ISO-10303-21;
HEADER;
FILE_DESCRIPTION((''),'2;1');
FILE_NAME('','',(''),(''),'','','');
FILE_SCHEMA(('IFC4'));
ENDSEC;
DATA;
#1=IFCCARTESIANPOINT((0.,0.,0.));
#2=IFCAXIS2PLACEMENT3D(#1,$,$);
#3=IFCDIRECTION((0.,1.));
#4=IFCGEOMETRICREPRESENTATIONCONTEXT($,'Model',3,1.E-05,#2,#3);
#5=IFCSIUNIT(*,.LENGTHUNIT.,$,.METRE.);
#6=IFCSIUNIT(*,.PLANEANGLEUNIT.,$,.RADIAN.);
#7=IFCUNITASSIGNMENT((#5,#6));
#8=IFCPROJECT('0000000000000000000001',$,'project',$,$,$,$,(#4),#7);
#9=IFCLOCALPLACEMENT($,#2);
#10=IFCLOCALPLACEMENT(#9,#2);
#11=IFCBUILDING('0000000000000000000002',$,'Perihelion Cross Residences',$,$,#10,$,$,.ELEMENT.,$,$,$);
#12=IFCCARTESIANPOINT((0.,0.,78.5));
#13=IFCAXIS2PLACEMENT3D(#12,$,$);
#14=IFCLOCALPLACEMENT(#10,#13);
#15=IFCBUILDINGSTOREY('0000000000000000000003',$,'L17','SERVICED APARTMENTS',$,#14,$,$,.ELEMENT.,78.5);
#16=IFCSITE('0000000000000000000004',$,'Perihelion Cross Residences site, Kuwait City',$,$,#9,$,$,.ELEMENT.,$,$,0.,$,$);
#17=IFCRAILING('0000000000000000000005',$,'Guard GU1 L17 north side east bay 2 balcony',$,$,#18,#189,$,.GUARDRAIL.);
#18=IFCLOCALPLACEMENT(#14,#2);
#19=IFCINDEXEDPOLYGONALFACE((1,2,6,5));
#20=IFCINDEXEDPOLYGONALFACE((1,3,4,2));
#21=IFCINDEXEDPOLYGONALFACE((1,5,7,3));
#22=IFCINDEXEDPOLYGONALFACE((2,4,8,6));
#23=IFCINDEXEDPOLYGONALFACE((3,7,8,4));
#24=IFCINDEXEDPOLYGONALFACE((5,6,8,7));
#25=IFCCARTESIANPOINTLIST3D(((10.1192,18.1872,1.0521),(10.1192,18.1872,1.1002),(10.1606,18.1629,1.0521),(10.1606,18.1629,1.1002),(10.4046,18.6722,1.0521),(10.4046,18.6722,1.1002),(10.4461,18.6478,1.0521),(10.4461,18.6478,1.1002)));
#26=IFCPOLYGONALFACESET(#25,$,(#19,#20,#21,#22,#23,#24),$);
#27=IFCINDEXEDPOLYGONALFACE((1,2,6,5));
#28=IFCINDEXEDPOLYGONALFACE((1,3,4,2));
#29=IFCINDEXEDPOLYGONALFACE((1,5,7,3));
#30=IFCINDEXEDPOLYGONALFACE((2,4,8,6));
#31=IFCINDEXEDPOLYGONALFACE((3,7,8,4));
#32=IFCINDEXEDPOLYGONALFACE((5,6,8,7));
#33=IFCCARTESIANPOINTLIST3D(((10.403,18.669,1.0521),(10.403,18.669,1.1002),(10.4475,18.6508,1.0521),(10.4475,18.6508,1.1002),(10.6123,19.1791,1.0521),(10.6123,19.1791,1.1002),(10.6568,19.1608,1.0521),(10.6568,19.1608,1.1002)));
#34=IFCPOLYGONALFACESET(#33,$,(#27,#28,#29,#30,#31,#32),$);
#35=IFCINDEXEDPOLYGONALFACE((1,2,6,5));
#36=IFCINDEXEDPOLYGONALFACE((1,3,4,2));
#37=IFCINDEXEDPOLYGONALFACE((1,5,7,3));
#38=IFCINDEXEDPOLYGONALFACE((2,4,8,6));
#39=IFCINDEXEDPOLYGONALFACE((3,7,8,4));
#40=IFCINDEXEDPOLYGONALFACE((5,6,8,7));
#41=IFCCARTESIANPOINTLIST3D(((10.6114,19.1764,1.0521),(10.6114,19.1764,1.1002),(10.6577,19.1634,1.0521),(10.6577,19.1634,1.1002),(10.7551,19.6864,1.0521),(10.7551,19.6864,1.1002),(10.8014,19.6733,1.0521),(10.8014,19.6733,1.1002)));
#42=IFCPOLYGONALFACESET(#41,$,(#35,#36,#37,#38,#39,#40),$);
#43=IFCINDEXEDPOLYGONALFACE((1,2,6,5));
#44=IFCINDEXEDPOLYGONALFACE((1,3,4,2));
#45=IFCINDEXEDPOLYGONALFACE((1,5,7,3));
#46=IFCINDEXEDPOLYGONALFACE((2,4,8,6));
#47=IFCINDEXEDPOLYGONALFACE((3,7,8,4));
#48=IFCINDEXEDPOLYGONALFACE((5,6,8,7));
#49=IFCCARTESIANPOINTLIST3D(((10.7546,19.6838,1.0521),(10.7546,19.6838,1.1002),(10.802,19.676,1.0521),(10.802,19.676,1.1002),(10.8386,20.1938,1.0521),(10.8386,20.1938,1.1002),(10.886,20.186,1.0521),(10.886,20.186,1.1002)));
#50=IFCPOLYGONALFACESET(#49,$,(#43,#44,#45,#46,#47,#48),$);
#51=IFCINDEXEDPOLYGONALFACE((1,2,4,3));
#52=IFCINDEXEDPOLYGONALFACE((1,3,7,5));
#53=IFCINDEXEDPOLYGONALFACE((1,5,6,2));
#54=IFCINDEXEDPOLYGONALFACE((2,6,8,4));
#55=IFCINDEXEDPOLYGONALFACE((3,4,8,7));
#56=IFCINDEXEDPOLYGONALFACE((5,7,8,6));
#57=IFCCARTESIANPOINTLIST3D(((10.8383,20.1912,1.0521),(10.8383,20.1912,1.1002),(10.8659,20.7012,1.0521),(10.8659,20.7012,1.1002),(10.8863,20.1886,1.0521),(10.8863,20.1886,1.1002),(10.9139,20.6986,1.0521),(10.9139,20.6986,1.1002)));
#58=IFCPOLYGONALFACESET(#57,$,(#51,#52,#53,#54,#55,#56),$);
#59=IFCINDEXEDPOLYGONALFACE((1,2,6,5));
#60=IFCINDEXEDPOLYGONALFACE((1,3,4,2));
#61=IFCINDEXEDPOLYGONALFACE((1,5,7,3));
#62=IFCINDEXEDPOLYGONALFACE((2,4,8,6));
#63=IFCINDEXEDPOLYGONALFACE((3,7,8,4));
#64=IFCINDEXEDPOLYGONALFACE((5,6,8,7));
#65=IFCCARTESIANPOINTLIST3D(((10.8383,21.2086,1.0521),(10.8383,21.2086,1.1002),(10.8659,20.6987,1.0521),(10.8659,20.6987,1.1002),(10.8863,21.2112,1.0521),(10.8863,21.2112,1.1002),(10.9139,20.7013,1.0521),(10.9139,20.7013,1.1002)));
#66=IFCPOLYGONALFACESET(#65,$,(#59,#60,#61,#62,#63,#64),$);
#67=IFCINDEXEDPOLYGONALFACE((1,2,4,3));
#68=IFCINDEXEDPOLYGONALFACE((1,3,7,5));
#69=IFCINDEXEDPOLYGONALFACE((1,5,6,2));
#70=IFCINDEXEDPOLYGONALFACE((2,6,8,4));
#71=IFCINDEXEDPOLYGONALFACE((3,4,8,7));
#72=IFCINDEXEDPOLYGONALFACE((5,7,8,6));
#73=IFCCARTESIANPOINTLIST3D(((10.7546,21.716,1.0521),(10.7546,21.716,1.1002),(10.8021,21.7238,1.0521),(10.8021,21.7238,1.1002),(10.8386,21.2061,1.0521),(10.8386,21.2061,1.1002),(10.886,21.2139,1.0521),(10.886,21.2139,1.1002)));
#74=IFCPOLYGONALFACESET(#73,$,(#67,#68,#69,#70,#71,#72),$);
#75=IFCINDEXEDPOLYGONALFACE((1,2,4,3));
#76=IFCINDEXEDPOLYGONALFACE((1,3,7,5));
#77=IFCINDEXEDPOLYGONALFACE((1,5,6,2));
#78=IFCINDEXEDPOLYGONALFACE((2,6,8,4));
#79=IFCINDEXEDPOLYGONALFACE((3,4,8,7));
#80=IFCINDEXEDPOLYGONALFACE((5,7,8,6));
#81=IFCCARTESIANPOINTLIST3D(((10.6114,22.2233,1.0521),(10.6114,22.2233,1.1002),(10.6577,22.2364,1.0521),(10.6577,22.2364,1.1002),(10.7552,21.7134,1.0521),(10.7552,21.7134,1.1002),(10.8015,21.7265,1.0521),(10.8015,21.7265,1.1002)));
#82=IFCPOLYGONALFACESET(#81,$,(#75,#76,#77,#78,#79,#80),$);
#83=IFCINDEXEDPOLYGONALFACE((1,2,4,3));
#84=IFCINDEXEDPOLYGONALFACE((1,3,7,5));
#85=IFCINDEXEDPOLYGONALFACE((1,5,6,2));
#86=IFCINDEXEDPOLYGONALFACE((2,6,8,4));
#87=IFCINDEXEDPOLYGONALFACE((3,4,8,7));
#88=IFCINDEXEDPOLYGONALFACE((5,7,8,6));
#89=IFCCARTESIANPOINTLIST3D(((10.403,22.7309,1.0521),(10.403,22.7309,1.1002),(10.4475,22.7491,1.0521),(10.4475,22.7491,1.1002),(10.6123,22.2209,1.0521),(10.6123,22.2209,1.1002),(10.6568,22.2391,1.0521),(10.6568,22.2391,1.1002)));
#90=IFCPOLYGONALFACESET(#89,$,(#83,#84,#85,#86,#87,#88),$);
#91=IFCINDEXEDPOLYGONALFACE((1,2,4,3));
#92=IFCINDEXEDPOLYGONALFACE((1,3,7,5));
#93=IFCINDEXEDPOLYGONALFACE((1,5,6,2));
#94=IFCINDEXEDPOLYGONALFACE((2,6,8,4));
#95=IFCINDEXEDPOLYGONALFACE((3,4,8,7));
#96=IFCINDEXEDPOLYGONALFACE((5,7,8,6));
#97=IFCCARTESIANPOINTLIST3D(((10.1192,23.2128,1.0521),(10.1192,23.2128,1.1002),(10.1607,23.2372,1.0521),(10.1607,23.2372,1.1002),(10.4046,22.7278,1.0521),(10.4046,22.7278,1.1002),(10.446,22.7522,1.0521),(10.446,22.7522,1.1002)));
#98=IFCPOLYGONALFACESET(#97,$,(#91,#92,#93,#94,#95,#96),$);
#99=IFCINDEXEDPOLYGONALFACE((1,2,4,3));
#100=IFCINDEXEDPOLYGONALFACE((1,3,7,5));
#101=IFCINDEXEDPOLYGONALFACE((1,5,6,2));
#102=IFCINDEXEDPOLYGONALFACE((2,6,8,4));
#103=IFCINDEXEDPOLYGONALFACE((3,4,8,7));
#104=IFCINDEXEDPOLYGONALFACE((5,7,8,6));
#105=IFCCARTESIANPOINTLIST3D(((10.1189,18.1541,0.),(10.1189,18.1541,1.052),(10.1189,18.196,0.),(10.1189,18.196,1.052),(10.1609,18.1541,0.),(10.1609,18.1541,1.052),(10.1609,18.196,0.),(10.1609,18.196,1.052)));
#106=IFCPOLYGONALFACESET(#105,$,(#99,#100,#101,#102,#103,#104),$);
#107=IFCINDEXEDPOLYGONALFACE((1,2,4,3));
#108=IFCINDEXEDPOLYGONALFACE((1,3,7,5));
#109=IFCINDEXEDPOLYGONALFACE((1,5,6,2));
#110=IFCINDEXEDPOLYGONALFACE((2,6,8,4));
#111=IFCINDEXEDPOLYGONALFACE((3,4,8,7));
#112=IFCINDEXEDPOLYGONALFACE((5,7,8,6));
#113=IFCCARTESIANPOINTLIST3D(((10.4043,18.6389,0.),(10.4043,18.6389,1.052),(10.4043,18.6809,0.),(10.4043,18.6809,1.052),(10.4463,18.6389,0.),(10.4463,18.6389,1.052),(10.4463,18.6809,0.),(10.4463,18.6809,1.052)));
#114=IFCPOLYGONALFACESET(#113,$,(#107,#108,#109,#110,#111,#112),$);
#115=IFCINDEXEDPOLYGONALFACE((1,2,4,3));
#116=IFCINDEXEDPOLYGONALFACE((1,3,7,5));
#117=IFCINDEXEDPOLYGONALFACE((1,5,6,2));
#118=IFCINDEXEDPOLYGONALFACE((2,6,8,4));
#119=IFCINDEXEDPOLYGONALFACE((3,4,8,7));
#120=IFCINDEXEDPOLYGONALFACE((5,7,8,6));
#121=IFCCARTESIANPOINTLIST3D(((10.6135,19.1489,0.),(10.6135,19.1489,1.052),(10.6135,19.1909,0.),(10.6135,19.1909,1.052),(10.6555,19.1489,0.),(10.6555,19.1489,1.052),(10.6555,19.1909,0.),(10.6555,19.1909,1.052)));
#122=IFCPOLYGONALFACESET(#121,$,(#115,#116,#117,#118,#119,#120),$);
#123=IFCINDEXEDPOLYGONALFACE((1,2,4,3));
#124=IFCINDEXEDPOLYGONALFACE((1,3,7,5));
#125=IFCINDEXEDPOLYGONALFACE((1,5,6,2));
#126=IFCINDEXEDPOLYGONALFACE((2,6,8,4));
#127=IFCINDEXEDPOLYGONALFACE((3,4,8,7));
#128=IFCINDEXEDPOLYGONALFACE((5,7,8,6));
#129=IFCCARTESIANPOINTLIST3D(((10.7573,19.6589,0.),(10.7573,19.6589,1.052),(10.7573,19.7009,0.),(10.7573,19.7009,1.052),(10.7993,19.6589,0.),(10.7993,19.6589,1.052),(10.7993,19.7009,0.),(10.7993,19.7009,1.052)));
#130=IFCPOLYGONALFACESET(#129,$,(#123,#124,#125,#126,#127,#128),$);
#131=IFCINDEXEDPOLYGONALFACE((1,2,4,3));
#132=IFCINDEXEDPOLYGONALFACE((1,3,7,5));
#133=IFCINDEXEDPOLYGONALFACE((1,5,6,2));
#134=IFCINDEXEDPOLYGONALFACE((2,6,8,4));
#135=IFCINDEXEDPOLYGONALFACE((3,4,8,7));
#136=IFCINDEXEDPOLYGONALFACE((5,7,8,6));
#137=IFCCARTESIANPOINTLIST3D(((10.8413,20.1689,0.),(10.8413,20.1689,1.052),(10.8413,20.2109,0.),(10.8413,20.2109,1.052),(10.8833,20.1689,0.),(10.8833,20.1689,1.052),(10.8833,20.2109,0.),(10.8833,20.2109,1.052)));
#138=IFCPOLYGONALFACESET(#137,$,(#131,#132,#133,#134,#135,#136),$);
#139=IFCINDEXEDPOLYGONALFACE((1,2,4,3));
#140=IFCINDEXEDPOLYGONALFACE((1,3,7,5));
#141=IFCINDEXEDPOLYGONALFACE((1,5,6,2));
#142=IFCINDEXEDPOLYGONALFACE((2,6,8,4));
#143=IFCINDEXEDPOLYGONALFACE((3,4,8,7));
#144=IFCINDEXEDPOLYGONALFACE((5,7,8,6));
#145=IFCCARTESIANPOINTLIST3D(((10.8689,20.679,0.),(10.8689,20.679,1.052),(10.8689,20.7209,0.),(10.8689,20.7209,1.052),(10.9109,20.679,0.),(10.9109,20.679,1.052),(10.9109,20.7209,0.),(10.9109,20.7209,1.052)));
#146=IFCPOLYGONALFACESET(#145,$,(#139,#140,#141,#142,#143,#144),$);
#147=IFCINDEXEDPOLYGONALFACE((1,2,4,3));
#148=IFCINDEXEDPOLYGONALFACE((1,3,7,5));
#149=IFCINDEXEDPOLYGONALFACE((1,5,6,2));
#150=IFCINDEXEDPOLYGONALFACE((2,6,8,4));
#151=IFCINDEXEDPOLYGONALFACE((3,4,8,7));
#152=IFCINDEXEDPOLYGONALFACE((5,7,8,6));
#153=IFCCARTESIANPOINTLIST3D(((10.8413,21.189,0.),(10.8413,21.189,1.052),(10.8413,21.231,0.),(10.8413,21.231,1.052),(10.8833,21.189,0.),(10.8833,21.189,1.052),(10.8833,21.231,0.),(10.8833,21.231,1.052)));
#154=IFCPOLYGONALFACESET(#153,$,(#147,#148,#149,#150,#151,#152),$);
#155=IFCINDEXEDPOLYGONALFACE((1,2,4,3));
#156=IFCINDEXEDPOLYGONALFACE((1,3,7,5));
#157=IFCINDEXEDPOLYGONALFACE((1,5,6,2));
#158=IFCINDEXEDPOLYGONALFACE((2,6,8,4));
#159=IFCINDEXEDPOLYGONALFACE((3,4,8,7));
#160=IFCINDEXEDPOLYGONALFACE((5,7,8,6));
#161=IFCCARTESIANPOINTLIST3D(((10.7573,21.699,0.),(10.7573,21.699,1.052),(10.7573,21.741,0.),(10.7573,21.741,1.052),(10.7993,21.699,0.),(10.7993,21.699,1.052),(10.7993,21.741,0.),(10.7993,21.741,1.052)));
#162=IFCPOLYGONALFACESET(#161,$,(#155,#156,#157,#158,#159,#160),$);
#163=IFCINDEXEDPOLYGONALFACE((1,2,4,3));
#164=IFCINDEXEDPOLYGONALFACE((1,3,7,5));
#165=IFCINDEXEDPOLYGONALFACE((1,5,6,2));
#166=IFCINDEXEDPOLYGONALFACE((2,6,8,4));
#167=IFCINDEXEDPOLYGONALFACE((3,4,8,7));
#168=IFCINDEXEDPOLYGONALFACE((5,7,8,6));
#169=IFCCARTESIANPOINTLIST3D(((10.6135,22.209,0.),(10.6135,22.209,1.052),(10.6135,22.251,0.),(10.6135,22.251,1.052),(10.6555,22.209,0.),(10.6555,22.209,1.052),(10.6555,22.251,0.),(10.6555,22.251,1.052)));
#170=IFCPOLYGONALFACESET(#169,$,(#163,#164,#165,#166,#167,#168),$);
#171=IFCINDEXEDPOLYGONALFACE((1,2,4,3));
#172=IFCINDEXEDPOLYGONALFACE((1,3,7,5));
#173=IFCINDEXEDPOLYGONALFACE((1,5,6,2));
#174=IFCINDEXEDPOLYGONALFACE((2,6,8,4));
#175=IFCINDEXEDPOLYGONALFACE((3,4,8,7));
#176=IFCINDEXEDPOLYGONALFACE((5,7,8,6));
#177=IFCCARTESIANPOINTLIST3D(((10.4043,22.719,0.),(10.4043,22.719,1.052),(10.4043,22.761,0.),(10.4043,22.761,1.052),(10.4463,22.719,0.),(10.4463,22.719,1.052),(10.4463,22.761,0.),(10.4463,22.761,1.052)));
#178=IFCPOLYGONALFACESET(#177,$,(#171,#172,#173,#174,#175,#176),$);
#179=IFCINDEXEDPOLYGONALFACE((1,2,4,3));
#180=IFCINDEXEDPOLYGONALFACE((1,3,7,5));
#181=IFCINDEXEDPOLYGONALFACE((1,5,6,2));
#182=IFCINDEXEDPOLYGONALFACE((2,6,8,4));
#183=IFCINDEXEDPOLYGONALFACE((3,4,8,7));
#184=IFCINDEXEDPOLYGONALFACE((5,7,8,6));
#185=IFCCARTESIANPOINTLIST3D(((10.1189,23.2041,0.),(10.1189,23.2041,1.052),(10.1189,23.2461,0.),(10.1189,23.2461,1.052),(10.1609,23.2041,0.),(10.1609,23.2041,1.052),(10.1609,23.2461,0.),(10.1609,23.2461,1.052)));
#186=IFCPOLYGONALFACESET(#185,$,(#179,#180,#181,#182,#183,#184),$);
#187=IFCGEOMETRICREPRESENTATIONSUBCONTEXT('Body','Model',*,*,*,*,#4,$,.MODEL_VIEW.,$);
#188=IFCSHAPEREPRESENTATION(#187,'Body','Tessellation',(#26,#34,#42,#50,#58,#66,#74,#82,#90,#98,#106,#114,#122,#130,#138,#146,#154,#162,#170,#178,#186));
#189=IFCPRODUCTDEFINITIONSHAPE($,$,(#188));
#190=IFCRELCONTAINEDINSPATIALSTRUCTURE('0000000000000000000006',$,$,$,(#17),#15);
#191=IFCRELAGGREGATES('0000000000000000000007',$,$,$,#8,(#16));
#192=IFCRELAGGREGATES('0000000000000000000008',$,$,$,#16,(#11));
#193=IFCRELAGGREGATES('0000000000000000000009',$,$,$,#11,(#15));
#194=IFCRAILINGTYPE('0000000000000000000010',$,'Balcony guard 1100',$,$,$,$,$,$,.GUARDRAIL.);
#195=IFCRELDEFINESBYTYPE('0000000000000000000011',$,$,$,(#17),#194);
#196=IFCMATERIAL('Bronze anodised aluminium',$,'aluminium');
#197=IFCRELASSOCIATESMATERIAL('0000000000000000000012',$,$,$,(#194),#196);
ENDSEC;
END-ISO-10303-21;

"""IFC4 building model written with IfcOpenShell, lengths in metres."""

from ifc_helpers import new_model, si_unit, direction, frame, origin, origin_2d, place, context, subcontext, project, spatial, rectangle, extrude, material, type_object, element, save


model = new_model("IFC4")

# Units and contexts
model_context = context("Model", 3, precision=1e-05, world=origin(), true_north=direction((0.0, 1.0)))
body_context = subcontext(model_context, "Body", "Model", "MODEL_VIEW")
ifc_project = project(units=[si_unit("LENGTHUNIT", "METRE"), si_unit("PLANEANGLEUNIT", "RADIAN")], contexts=[model_context])

# Site, building, storey
site_placement = place(None, origin())
site = spatial("IfcSite", under=ifc_project, at=site_placement, Name="Perihelion Cross Residences site, Kuwait City", CompositionType="ELEMENT", RefElevation=0.0)
building_placement = place(site_placement, origin())
building = spatial("IfcBuilding", under=site, at=building_placement, Name="Perihelion Cross Residences", CompositionType="ELEMENT")
storey_placement = place(building_placement, frame((0.0, 0.0, 78.5)))
storey = spatial("IfcBuildingStorey", under=building, at=storey_placement, Name="L17", Description="SERVICED APARTMENTS", CompositionType="ELEMENT", Elevation=78.5)

# Railing
ifc_material_1 = material(Name="Bronze anodised aluminium", Category="aluminium")
railing_type = type_object("IfcRailingType", Name="Balcony guard 1100", PredefinedType="GUARDRAIL", material=ifc_material_1)
railing_1_placement = place(storey_placement, frame((10.1399, 18.175, 0.0)))
element("IfcRailing", 1, at=railing_1_placement, inside=storey, type_object=railing_type, Name="Guard GU1 L17 north side east bay 2 balcony", PredefinedType="GUARDRAIL", context=body_context, shape_type="SweptSolid", body=[
    extrude(rectangle(XDim=0.0481, YDim=0.0481, at=origin_2d()), frame((0.0, 0.0, 1.0762), z_axis=(0.507267, 0.861789, 0.0), x_axis=(-0.861789, 0.507267, 0.0)), (0.0, 0.0, 1.0), 0.5627),
    extrude(rectangle(XDim=0.0481, YDim=0.0481, at=origin_2d()), frame((0.2854, 0.4849, 1.0762), z_axis=(0.379547, 0.925173, 0.0), x_axis=(-0.925173, 0.379547, 0.0)), (0.0, 0.0, 1.0), 0.5513),
    extrude(rectangle(XDim=0.0481, YDim=0.0481, at=origin_2d()), frame((0.4946, 0.9949, 1.0762), z_axis=(0.271373, 0.962474, 0.0), x_axis=(-0.962474, 0.271373, 0.0)), (0.0, 0.0, 1.0), 0.5298),
    extrude(rectangle(XDim=0.0481, YDim=0.0481, at=origin_2d()), frame((0.6384, 1.5049, 1.0762), z_axis=(0.162484, 0.986711, 0.0), x_axis=(-0.986711, 0.162484, 0.0)), (0.0, 0.0, 1.0), 0.5168),
    extrude(rectangle(XDim=0.0481, YDim=0.0481, at=origin_2d()), frame((0.7224, 2.0149, 1.0762), z_axis=(0.054014, 0.99854, 0.0), x_axis=(-0.99854, 0.054014, 0.0)), (0.0, 0.0, 1.0), 0.5107),
    extrude(rectangle(XDim=0.0481, YDim=0.0481, at=origin_2d()), frame((0.75, 2.5249, 1.0762), z_axis=(-0.054014, 0.99854, 0.0), x_axis=(-0.99854, -0.054014, 0.0)), (0.0, 0.0, 1.0), 0.5107),
    extrude(rectangle(XDim=0.0481, YDim=0.0481, at=origin_2d()), frame((0.7224, 3.0349, 1.0762), z_axis=(-0.162484, 0.986711, 0.0), x_axis=(-0.986711, -0.162484, 0.0)), (0.0, 0.0, 1.0), 0.5168),
    extrude(rectangle(XDim=0.0481, YDim=0.0481, at=origin_2d()), frame((0.6384, 3.5449, 1.0762), z_axis=(-0.271373, 0.962474, 0.0), x_axis=(-0.962474, -0.271373, 0.0)), (0.0, 0.0, 1.0), 0.5298),
    extrude(rectangle(XDim=0.0481, YDim=0.0481, at=origin_2d()), frame((0.4946, 4.0549, 1.0762), z_axis=(-0.379547, 0.925173, 0.0), x_axis=(-0.925173, -0.379547, 0.0)), (0.0, 0.0, 1.0), 0.5513),
    extrude(rectangle(XDim=0.0481, YDim=0.0481, at=origin_2d()), frame((0.2854, 4.5649, 1.0762), z_axis=(-0.507077, 0.861901, 0.0), x_axis=(-0.861901, -0.507077, 0.0)), (0.0, 0.0, 1.0), 0.5627),
    extrude(rectangle(XDim=0.042, YDim=0.042, at=origin_2d()), origin(), (0.0, 0.0, 1.0), 1.052),
    extrude(rectangle(XDim=0.042, YDim=0.042, at=origin_2d()), frame((0.2854, 0.4849, 0.0)), (0.0, 0.0, 1.0), 1.052),
    extrude(rectangle(XDim=0.042, YDim=0.042, at=origin_2d()), frame((0.4946, 0.9949, 0.0)), (0.0, 0.0, 1.0), 1.052),
    extrude(rectangle(XDim=0.042, YDim=0.042, at=origin_2d()), frame((0.6384, 1.5049, 0.0)), (0.0, 0.0, 1.0), 1.052),
    extrude(rectangle(XDim=0.042, YDim=0.042, at=origin_2d()), frame((0.7224, 2.0149, 0.0)), (0.0, 0.0, 1.0), 1.052),
    extrude(rectangle(XDim=0.042, YDim=0.042, at=origin_2d()), frame((0.75, 2.5249, 0.0)), (0.0, 0.0, 1.0), 1.052),
    extrude(rectangle(XDim=0.042, YDim=0.042, at=origin_2d()), frame((0.7224, 3.0349, 0.0)), (0.0, 0.0, 1.0), 1.052),
    extrude(rectangle(XDim=0.042, YDim=0.042, at=origin_2d()), frame((0.6384, 3.5449, 0.0)), (0.0, 0.0, 1.0), 1.052),
    extrude(rectangle(XDim=0.042, YDim=0.042, at=origin_2d()), frame((0.4946, 4.0549, 0.0)), (0.0, 0.0, 1.0), 1.052),
    extrude(rectangle(XDim=0.042, YDim=0.042, at=origin_2d()), frame((0.2854, 4.5649, 0.0)), (0.0, 0.0, 1.0), 1.052),
    extrude(rectangle(XDim=0.042, YDim=0.042, at=origin_2d()), frame((0.0, 5.05, 0.0)), (0.0, 0.0, 1.0), 1.052),
])

save(model, "model.ifc")
